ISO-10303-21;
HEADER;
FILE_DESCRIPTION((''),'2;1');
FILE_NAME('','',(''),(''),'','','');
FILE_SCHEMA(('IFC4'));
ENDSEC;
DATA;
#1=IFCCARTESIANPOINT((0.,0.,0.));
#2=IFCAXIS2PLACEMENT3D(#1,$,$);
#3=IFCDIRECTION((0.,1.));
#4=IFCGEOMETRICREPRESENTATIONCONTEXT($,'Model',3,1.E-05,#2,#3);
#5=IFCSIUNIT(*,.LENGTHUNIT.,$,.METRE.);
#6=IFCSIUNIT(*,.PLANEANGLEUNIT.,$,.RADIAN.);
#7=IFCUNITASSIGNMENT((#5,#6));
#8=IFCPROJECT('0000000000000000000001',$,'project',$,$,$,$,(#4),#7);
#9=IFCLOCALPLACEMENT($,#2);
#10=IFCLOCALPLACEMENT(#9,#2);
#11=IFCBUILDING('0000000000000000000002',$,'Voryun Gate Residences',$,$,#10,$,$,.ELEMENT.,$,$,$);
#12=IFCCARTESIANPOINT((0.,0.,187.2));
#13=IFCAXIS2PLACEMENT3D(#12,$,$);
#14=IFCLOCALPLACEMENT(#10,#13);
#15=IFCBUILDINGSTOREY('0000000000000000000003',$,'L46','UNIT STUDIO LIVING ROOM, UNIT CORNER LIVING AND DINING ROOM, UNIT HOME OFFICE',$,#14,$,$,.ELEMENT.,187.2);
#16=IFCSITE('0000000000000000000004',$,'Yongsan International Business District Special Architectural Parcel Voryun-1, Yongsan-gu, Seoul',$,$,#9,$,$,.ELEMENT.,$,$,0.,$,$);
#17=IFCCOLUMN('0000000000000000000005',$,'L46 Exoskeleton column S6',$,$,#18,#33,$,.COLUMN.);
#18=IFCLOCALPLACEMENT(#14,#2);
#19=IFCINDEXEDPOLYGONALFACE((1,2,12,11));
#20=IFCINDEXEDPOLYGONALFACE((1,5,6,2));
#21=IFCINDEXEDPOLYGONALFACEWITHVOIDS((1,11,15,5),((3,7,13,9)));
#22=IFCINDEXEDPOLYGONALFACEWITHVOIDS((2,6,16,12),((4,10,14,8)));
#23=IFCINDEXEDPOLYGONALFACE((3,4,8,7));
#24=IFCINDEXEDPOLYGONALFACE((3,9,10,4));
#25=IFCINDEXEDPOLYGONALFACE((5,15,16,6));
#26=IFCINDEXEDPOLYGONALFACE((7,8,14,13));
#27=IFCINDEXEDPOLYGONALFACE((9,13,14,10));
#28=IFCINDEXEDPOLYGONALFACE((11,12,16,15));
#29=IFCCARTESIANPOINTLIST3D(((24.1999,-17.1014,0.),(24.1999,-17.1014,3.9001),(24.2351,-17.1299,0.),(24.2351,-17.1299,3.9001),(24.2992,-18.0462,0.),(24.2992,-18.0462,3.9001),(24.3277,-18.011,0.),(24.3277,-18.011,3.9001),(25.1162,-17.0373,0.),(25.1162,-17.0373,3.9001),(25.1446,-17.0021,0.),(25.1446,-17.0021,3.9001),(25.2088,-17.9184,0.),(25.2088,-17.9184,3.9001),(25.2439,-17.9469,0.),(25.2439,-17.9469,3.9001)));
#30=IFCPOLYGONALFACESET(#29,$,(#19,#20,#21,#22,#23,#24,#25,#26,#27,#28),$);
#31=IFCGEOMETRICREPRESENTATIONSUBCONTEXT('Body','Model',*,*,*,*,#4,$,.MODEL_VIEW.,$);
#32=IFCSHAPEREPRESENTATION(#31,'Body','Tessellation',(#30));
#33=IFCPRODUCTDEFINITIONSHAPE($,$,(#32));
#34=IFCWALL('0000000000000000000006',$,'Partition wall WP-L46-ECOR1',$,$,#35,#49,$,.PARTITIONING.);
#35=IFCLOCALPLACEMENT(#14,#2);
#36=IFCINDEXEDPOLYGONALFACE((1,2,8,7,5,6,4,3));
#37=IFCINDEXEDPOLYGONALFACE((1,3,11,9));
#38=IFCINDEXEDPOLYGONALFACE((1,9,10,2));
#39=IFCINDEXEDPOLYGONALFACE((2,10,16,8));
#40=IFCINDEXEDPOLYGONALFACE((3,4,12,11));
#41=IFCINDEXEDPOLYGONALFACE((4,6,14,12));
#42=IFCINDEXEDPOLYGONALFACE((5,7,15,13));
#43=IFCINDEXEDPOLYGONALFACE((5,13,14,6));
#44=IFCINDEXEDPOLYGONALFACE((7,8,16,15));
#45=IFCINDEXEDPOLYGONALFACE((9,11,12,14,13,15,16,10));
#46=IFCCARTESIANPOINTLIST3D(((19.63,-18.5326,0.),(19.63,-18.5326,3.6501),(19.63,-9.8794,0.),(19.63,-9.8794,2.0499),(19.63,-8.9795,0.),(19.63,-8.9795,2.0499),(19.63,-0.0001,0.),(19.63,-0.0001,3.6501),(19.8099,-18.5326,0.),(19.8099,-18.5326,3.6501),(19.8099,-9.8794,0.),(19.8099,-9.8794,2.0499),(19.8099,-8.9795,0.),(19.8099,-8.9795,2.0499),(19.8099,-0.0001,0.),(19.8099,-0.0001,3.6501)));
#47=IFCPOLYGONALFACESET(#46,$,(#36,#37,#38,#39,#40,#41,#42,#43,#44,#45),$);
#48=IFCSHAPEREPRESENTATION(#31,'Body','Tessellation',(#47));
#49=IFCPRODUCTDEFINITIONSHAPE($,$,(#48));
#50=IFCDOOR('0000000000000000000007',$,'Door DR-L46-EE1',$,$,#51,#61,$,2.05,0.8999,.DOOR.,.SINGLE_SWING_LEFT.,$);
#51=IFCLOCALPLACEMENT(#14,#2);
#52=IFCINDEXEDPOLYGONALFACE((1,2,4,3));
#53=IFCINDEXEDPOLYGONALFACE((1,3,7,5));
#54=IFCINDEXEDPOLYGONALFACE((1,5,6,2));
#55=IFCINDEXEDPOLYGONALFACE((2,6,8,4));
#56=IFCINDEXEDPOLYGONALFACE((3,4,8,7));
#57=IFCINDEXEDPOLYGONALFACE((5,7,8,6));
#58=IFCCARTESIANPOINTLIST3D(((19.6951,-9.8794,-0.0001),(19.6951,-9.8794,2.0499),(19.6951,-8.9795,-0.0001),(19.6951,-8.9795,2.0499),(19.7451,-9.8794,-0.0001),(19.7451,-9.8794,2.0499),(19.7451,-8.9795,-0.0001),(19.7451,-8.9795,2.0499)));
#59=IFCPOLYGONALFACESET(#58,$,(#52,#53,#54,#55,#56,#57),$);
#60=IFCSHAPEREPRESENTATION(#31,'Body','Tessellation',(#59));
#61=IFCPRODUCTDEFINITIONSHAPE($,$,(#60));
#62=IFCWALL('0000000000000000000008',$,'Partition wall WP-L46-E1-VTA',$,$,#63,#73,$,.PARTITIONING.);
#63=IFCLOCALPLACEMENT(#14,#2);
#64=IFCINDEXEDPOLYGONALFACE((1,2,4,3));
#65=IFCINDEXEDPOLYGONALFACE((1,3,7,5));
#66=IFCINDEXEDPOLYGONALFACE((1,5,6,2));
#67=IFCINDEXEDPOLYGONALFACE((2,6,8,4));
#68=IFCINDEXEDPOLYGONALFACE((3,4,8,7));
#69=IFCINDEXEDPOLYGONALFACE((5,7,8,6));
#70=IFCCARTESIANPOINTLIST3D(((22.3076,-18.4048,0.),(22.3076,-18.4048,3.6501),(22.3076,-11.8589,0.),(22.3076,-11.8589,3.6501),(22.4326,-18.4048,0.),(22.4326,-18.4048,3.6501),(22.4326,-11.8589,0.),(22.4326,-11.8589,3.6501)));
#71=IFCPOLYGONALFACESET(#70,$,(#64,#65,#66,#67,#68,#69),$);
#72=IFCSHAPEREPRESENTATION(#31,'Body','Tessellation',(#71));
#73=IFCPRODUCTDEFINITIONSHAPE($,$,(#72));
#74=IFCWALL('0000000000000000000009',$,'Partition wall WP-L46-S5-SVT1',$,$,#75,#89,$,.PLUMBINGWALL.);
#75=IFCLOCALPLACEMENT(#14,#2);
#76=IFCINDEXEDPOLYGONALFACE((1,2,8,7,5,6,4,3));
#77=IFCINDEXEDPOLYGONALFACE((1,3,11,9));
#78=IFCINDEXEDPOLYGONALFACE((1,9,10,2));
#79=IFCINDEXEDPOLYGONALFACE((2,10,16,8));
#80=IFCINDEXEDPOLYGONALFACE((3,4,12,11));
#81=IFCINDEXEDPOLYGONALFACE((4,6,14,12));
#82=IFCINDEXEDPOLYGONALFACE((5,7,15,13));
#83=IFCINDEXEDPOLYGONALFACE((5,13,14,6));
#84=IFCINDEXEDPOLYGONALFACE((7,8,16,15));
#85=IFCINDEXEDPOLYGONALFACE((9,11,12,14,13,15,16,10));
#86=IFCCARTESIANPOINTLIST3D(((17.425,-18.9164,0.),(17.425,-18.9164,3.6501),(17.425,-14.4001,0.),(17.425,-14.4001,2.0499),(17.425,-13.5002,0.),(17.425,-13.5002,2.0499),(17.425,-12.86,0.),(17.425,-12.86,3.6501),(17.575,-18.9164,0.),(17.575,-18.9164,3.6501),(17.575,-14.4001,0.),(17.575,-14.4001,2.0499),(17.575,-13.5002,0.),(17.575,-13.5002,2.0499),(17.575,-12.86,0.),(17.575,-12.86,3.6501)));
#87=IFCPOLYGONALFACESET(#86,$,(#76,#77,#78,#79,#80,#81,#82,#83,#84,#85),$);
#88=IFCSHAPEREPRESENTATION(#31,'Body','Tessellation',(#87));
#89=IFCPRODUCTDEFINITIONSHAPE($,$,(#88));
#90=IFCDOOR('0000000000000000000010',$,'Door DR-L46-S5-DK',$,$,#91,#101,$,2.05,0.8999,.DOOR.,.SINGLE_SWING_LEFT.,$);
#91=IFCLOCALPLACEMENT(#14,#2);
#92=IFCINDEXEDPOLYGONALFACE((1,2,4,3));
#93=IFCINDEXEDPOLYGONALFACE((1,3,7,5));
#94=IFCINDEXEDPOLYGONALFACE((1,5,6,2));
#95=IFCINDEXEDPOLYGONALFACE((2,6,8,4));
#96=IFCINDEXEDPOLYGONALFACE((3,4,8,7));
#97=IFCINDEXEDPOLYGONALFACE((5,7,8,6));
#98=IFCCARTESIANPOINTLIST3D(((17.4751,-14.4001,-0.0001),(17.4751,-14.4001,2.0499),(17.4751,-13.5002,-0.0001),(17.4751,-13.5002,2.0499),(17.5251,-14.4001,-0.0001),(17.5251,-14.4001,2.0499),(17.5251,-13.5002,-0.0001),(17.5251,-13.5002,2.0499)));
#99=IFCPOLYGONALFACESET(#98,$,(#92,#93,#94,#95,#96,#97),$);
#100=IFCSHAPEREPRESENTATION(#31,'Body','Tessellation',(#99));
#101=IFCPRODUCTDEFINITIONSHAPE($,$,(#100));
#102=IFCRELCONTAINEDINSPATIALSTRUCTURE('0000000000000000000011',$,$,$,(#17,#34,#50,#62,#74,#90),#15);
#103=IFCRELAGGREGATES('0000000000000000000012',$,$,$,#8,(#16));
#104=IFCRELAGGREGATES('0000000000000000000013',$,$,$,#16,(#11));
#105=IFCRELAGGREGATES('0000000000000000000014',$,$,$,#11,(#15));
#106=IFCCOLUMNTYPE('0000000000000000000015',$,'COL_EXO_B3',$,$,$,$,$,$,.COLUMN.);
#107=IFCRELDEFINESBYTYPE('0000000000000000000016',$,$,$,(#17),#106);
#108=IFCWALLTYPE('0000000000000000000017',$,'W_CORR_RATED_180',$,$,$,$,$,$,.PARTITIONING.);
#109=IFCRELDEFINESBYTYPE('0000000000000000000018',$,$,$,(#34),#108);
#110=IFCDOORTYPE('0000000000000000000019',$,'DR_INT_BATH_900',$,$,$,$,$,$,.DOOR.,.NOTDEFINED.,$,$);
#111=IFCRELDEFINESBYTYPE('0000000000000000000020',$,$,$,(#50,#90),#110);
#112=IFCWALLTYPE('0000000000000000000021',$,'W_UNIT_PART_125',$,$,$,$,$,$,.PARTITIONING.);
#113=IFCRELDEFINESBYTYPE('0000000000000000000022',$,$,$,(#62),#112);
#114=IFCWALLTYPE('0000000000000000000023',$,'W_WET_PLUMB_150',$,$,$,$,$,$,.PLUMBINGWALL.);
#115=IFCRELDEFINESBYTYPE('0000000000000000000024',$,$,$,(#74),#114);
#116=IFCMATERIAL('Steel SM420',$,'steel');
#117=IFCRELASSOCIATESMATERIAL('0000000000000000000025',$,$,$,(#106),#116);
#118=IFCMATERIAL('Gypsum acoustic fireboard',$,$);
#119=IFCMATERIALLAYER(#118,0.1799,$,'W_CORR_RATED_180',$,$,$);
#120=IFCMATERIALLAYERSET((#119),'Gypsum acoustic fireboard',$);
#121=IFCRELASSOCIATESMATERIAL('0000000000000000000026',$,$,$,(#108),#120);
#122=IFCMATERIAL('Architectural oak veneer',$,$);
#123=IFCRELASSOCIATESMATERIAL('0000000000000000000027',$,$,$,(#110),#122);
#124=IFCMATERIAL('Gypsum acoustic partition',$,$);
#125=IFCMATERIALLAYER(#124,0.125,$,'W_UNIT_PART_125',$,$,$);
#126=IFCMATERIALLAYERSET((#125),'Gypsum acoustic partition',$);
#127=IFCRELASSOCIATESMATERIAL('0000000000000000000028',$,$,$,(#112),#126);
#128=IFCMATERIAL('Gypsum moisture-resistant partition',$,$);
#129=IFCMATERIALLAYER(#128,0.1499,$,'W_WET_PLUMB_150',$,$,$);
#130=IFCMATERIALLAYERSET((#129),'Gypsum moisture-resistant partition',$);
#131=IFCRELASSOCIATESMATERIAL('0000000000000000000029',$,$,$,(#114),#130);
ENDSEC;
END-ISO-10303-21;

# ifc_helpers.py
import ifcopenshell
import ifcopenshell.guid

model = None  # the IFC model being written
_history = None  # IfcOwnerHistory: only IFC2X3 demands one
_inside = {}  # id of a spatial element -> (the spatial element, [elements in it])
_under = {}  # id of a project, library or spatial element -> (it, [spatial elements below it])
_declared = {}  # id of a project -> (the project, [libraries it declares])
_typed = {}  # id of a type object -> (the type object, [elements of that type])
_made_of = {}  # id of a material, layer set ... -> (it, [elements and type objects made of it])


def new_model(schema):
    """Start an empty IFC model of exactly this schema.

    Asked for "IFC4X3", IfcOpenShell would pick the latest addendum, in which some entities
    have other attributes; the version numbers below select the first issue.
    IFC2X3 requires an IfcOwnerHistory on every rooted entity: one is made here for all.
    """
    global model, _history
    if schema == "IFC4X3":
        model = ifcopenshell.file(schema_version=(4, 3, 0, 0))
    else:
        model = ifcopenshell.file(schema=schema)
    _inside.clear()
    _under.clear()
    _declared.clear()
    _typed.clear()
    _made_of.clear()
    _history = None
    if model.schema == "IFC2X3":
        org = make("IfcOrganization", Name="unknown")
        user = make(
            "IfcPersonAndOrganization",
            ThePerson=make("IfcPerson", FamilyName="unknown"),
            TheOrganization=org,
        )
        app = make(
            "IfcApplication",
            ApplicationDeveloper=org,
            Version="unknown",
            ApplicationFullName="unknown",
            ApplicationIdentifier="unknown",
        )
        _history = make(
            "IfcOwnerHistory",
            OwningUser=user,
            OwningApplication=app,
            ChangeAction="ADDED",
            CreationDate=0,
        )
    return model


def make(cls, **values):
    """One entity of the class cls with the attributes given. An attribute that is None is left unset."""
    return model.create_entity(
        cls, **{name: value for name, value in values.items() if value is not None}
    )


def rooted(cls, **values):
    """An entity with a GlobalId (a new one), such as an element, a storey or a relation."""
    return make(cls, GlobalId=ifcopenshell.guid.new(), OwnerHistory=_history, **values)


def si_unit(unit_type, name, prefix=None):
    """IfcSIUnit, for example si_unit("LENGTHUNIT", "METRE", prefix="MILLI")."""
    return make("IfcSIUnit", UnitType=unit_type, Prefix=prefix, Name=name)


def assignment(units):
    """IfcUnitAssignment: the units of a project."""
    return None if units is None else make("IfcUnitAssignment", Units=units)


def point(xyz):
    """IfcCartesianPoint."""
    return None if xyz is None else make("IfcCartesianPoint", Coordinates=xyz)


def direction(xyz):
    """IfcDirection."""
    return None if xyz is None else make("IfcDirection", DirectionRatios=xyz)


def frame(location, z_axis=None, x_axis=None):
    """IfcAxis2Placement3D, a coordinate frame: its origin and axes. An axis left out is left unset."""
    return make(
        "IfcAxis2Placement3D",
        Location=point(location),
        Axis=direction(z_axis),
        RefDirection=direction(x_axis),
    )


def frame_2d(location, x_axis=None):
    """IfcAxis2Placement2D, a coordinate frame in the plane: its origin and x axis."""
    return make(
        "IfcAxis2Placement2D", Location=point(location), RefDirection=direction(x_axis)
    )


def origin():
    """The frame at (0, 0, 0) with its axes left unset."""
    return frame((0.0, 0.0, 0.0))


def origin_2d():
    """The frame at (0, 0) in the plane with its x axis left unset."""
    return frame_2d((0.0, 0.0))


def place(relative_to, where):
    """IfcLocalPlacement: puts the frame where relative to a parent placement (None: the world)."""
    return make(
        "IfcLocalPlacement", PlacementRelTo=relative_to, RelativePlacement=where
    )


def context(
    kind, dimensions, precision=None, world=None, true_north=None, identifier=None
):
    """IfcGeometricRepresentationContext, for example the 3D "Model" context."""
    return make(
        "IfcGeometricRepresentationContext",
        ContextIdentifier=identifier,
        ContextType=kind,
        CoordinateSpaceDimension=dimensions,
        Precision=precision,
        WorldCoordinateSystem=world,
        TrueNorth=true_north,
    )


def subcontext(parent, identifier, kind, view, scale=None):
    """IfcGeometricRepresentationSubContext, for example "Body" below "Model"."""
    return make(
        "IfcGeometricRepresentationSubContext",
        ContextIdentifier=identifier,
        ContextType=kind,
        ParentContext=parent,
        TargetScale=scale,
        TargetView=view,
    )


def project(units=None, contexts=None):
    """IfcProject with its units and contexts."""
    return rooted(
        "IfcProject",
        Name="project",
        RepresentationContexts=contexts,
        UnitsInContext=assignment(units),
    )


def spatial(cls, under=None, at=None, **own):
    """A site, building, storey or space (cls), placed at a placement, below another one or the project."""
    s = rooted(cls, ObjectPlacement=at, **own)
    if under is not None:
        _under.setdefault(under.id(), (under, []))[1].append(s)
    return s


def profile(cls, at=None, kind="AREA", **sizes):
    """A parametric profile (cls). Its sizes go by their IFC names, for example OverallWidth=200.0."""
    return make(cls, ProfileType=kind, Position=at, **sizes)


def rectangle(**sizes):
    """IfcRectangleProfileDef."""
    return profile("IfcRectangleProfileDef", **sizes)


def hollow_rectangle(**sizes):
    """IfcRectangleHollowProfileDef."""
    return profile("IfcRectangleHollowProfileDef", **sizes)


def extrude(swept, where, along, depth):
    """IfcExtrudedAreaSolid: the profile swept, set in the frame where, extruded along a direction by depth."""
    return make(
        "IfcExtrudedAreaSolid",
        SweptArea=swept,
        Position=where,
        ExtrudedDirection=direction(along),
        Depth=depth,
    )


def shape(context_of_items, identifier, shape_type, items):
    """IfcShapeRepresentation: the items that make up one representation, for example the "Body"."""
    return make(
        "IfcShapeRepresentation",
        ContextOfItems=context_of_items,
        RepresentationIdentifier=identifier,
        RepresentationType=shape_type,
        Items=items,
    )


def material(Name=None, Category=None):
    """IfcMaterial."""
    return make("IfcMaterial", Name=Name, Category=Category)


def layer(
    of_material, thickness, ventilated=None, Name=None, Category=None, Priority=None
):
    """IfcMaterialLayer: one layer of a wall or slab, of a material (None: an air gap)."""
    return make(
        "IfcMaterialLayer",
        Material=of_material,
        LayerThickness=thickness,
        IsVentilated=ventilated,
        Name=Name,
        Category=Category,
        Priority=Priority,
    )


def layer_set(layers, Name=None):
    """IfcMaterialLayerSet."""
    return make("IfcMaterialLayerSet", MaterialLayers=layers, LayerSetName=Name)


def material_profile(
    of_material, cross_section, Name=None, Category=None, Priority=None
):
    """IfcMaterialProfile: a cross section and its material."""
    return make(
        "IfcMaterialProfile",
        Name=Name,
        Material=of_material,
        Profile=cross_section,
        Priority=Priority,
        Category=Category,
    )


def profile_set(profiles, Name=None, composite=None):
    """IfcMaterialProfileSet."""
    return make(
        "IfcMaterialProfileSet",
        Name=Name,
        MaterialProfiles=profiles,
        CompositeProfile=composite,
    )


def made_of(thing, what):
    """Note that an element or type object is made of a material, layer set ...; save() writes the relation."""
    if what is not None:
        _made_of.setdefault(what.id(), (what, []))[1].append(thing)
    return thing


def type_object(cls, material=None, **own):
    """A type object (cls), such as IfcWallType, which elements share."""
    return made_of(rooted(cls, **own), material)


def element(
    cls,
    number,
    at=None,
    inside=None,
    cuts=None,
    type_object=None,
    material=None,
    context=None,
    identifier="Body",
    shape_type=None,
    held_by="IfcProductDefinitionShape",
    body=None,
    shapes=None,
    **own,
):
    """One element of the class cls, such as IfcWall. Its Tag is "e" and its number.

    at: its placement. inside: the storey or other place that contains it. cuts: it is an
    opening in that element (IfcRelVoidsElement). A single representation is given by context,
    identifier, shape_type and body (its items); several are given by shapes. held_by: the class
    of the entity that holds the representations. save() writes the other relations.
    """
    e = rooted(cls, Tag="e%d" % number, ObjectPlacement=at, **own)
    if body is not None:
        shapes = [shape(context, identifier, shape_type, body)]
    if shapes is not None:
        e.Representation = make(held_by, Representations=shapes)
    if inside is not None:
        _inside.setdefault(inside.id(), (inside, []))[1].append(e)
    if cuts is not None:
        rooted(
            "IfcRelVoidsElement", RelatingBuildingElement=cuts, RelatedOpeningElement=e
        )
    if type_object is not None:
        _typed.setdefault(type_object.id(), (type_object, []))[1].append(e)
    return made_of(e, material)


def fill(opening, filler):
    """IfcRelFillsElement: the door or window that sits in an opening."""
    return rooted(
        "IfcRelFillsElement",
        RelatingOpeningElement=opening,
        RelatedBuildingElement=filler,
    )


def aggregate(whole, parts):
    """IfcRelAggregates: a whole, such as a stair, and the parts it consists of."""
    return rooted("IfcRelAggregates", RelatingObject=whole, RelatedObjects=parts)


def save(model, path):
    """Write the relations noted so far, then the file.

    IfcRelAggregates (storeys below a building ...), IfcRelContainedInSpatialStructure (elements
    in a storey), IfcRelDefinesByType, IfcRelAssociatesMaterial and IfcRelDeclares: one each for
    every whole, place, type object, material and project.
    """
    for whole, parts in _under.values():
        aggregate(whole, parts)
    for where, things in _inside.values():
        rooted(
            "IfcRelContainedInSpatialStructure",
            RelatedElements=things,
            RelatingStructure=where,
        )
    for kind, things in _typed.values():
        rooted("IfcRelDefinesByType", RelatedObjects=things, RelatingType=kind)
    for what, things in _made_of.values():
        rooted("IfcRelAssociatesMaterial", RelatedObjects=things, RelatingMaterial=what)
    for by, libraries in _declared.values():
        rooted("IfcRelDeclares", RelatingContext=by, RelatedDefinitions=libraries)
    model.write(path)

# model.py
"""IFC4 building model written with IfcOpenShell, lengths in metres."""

from ifc_helpers import new_model, si_unit, direction, frame, frame_2d, origin, origin_2d, place, context, subcontext, project, spatial, rectangle, hollow_rectangle, extrude, material, layer, layer_set, material_profile, profile_set, type_object, element, fill, save


model = new_model("IFC4")

# Units and contexts
model_context = context("Model", 3, precision=1e-05, world=origin(), true_north=direction((0.0, 1.0)))
body_context = subcontext(model_context, "Body", "Model", "MODEL_VIEW")
ifc_project = project(units=[si_unit("LENGTHUNIT", "METRE"), si_unit("PLANEANGLEUNIT", "RADIAN")], contexts=[model_context])

# Site, building, storey
site_placement = place(None, origin())
site = spatial("IfcSite", under=ifc_project, at=site_placement, Name="Yongsan International Business District Special Architectural Parcel Voryun-1, Yongsan-gu, Seoul", CompositionType="ELEMENT", RefElevation=0.0)
building_placement = place(site_placement, origin())
building = spatial("IfcBuilding", under=site, at=building_placement, Name="Voryun Gate Residences", CompositionType="ELEMENT")
storey_placement = place(building_placement, frame((0.0, 0.0, 187.2)))
storey = spatial("IfcBuildingStorey", under=building, at=storey_placement, Name="L46", Description="UNIT STUDIO LIVING ROOM, UNIT CORNER LIVING AND DINING ROOM, UNIT HOME OFFICE", CompositionType="ELEMENT", Elevation=187.2)

# Column
ifc_material_1 = material(Name="Steel SM420", Category="steel")
ifc_material_profile = material_profile(ifc_material_1, hollow_rectangle(XDim=0.95, YDim=0.95, WallThickness=0.032, at=origin_2d()), Name="BOX-950x950x32")
ifc_profile_set = profile_set([ifc_material_profile], Name="Steel SM420")
column_type = type_object("IfcColumnType", Name="COL_EXO_B3", PredefinedType="COLUMN", material=ifc_profile_set)
column_placement = place(storey_placement, frame((24.7219, -17.5242, 0.0), z_axis=(0.0, 0.0, 1.0), x_axis=(0.994522, 0.104528, 0.0)))
element("IfcColumn", 1, at=column_placement, inside=storey, type_object=column_type, Name="L46 Exoskeleton column S6", PredefinedType="COLUMN", context=body_context, shape_type="SweptSolid", body=[
    extrude(hollow_rectangle(XDim=0.95, YDim=0.95, WallThickness=0.032, at=origin_2d()), origin(), (0.0, 0.0, 1.0), 3.9001),
])

# Wall, opening, door
ifc_material_2 = material(Name="Gypsum acoustic fireboard")
ifc_layer_1 = layer(ifc_material_2, 0.1799, Name="W_CORR_RATED_180")
ifc_layer_set_1 = layer_set([ifc_layer_1], Name="Gypsum acoustic fireboard")
wall_type_1 = type_object("IfcWallType", Name="W_CORR_RATED_180", PredefinedType="PARTITIONING", material=ifc_layer_set_1)
wall_1_placement = place(storey_placement, frame((19.72, -18.5325, 0.0), z_axis=(0.0, 0.0, 1.0), x_axis=(0.0, 1.0, 0.0)))
wall_1 = element("IfcWall", 2, at=wall_1_placement, inside=storey, type_object=wall_type_1, Name="Partition wall WP-L46-ECOR1", PredefinedType="PARTITIONING", context=body_context, shape_type="SweptSolid", body=[
    extrude(rectangle(XDim=18.5325, YDim=0.1799, at=frame_2d((9.2661, 0.0))), origin(), (0.0, 0.0, 1.0), 3.6501),
])
opening_1_placement = place(wall_1_placement, frame((8.6531, 0.0, 0.0)))
opening_1 = element("IfcOpeningElement", 3, at=opening_1_placement, cuts=wall_1, PredefinedType="OPENING", context=body_context, shape_type="SweptSolid", body=[
    extrude(rectangle(XDim=0.8999, YDim=2.05, at=frame_2d((0.45, 1.0249))), frame((0.0, 0.0999, 0.0), z_axis=(0.0, -1.0, 0.0), x_axis=(1.0, 0.0, 0.0)), (0.0, 0.0, 1.0), 0.2),
])
ifc_material_3 = material(Name="Architectural oak veneer")
door_type = type_object("IfcDoorType", Name="DR_INT_BATH_900", OperationType="NOTDEFINED", PredefinedType="DOOR", material=ifc_material_3)
door_1_placement = place(opening_1_placement, origin())
door_1 = element("IfcDoor", 4, at=door_1_placement, inside=storey, type_object=door_type, Name="Door DR-L46-EE1", OperationType="SINGLE_SWING_LEFT", OverallHeight=2.05, OverallWidth=0.8999, PredefinedType="DOOR", context=body_context, shape_type="SweptSolid", body=[
    extrude(rectangle(XDim=0.8999, YDim=2.05, at=frame_2d((0.45, 1.0249))), frame((0.0, 0.0249, 0.0), z_axis=(0.0, -1.0, 0.0), x_axis=(1.0, 0.0, 0.0)), (0.0, 0.0, 1.0), 0.05),
])
fill(opening_1, door_1)

# Wall
ifc_material_4 = material(Name="Gypsum acoustic partition")
ifc_layer_2 = layer(ifc_material_4, 0.125, Name="W_UNIT_PART_125")
ifc_layer_set_2 = layer_set([ifc_layer_2], Name="Gypsum acoustic partition")
wall_type_2 = type_object("IfcWallType", Name="W_UNIT_PART_125", PredefinedType="PARTITIONING", material=ifc_layer_set_2)
wall_2_placement = place(storey_placement, frame((22.3701, -18.4048, 0.0), z_axis=(0.0, 0.0, 1.0), x_axis=(0.0, 1.0, 0.0)))
element("IfcWall", 5, at=wall_2_placement, inside=storey, type_object=wall_type_2, Name="Partition wall WP-L46-E1-VTA", PredefinedType="PARTITIONING", context=body_context, shape_type="SweptSolid", body=[
    extrude(rectangle(XDim=6.5459, YDim=0.125, at=frame_2d((3.2729, 0.0))), origin(), (0.0, 0.0, 1.0), 3.6501),
])

# Wall, opening, door
ifc_material_5 = material(Name="Gypsum moisture-resistant partition")
ifc_layer_3 = layer(ifc_material_5, 0.1499, Name="W_WET_PLUMB_150")
ifc_layer_set_3 = layer_set([ifc_layer_3], Name="Gypsum moisture-resistant partition")
wall_type_3 = type_object("IfcWallType", Name="W_WET_PLUMB_150", PredefinedType="PLUMBINGWALL", material=ifc_layer_set_3)
wall_3_placement = place(storey_placement, frame((17.5, -18.9165, 0.0), z_axis=(0.0, 0.0, 1.0), x_axis=(0.0, 1.0, 0.0)))
wall_3 = element("IfcWall", 6, at=wall_3_placement, inside=storey, type_object=wall_type_3, Name="Partition wall WP-L46-S5-SVT1", PredefinedType="PLUMBINGWALL", context=body_context, shape_type="SweptSolid", body=[
    extrude(rectangle(XDim=6.0564, YDim=0.1499, at=frame_2d((3.0283, 0.0))), origin(), (0.0, 0.0, 1.0), 3.6501),
])
opening_2_placement = place(wall_3_placement, frame((4.5164, 0.0, 0.0)))
opening_2 = element("IfcOpeningElement", 7, at=opening_2_placement, cuts=wall_3, PredefinedType="OPENING", context=body_context, shape_type="SweptSolid", body=[
    extrude(rectangle(XDim=0.8999, YDim=2.05, at=frame_2d((0.45, 1.0249))), frame((0.0, 0.085, 0.0), z_axis=(0.0, -1.0, 0.0), x_axis=(1.0, 0.0, 0.0)), (0.0, 0.0, 1.0), 0.1699),
])
door_2_placement = place(opening_2_placement, origin())
door_2 = element("IfcDoor", 8, at=door_2_placement, inside=storey, type_object=door_type, Name="Door DR-L46-S5-DK", OperationType="SINGLE_SWING_LEFT", OverallHeight=2.05, OverallWidth=0.8999, PredefinedType="DOOR", context=body_context, shape_type="SweptSolid", body=[
    extrude(rectangle(XDim=0.8999, YDim=2.05, at=frame_2d((0.45, 1.0249))), frame((0.0, 0.0249, 0.0), z_axis=(0.0, -1.0, 0.0), x_axis=(1.0, 0.0, 0.0)), (0.0, 0.0, 1.0), 0.05),
])
fill(opening_2, door_2)

save(model, "model.ifc")
